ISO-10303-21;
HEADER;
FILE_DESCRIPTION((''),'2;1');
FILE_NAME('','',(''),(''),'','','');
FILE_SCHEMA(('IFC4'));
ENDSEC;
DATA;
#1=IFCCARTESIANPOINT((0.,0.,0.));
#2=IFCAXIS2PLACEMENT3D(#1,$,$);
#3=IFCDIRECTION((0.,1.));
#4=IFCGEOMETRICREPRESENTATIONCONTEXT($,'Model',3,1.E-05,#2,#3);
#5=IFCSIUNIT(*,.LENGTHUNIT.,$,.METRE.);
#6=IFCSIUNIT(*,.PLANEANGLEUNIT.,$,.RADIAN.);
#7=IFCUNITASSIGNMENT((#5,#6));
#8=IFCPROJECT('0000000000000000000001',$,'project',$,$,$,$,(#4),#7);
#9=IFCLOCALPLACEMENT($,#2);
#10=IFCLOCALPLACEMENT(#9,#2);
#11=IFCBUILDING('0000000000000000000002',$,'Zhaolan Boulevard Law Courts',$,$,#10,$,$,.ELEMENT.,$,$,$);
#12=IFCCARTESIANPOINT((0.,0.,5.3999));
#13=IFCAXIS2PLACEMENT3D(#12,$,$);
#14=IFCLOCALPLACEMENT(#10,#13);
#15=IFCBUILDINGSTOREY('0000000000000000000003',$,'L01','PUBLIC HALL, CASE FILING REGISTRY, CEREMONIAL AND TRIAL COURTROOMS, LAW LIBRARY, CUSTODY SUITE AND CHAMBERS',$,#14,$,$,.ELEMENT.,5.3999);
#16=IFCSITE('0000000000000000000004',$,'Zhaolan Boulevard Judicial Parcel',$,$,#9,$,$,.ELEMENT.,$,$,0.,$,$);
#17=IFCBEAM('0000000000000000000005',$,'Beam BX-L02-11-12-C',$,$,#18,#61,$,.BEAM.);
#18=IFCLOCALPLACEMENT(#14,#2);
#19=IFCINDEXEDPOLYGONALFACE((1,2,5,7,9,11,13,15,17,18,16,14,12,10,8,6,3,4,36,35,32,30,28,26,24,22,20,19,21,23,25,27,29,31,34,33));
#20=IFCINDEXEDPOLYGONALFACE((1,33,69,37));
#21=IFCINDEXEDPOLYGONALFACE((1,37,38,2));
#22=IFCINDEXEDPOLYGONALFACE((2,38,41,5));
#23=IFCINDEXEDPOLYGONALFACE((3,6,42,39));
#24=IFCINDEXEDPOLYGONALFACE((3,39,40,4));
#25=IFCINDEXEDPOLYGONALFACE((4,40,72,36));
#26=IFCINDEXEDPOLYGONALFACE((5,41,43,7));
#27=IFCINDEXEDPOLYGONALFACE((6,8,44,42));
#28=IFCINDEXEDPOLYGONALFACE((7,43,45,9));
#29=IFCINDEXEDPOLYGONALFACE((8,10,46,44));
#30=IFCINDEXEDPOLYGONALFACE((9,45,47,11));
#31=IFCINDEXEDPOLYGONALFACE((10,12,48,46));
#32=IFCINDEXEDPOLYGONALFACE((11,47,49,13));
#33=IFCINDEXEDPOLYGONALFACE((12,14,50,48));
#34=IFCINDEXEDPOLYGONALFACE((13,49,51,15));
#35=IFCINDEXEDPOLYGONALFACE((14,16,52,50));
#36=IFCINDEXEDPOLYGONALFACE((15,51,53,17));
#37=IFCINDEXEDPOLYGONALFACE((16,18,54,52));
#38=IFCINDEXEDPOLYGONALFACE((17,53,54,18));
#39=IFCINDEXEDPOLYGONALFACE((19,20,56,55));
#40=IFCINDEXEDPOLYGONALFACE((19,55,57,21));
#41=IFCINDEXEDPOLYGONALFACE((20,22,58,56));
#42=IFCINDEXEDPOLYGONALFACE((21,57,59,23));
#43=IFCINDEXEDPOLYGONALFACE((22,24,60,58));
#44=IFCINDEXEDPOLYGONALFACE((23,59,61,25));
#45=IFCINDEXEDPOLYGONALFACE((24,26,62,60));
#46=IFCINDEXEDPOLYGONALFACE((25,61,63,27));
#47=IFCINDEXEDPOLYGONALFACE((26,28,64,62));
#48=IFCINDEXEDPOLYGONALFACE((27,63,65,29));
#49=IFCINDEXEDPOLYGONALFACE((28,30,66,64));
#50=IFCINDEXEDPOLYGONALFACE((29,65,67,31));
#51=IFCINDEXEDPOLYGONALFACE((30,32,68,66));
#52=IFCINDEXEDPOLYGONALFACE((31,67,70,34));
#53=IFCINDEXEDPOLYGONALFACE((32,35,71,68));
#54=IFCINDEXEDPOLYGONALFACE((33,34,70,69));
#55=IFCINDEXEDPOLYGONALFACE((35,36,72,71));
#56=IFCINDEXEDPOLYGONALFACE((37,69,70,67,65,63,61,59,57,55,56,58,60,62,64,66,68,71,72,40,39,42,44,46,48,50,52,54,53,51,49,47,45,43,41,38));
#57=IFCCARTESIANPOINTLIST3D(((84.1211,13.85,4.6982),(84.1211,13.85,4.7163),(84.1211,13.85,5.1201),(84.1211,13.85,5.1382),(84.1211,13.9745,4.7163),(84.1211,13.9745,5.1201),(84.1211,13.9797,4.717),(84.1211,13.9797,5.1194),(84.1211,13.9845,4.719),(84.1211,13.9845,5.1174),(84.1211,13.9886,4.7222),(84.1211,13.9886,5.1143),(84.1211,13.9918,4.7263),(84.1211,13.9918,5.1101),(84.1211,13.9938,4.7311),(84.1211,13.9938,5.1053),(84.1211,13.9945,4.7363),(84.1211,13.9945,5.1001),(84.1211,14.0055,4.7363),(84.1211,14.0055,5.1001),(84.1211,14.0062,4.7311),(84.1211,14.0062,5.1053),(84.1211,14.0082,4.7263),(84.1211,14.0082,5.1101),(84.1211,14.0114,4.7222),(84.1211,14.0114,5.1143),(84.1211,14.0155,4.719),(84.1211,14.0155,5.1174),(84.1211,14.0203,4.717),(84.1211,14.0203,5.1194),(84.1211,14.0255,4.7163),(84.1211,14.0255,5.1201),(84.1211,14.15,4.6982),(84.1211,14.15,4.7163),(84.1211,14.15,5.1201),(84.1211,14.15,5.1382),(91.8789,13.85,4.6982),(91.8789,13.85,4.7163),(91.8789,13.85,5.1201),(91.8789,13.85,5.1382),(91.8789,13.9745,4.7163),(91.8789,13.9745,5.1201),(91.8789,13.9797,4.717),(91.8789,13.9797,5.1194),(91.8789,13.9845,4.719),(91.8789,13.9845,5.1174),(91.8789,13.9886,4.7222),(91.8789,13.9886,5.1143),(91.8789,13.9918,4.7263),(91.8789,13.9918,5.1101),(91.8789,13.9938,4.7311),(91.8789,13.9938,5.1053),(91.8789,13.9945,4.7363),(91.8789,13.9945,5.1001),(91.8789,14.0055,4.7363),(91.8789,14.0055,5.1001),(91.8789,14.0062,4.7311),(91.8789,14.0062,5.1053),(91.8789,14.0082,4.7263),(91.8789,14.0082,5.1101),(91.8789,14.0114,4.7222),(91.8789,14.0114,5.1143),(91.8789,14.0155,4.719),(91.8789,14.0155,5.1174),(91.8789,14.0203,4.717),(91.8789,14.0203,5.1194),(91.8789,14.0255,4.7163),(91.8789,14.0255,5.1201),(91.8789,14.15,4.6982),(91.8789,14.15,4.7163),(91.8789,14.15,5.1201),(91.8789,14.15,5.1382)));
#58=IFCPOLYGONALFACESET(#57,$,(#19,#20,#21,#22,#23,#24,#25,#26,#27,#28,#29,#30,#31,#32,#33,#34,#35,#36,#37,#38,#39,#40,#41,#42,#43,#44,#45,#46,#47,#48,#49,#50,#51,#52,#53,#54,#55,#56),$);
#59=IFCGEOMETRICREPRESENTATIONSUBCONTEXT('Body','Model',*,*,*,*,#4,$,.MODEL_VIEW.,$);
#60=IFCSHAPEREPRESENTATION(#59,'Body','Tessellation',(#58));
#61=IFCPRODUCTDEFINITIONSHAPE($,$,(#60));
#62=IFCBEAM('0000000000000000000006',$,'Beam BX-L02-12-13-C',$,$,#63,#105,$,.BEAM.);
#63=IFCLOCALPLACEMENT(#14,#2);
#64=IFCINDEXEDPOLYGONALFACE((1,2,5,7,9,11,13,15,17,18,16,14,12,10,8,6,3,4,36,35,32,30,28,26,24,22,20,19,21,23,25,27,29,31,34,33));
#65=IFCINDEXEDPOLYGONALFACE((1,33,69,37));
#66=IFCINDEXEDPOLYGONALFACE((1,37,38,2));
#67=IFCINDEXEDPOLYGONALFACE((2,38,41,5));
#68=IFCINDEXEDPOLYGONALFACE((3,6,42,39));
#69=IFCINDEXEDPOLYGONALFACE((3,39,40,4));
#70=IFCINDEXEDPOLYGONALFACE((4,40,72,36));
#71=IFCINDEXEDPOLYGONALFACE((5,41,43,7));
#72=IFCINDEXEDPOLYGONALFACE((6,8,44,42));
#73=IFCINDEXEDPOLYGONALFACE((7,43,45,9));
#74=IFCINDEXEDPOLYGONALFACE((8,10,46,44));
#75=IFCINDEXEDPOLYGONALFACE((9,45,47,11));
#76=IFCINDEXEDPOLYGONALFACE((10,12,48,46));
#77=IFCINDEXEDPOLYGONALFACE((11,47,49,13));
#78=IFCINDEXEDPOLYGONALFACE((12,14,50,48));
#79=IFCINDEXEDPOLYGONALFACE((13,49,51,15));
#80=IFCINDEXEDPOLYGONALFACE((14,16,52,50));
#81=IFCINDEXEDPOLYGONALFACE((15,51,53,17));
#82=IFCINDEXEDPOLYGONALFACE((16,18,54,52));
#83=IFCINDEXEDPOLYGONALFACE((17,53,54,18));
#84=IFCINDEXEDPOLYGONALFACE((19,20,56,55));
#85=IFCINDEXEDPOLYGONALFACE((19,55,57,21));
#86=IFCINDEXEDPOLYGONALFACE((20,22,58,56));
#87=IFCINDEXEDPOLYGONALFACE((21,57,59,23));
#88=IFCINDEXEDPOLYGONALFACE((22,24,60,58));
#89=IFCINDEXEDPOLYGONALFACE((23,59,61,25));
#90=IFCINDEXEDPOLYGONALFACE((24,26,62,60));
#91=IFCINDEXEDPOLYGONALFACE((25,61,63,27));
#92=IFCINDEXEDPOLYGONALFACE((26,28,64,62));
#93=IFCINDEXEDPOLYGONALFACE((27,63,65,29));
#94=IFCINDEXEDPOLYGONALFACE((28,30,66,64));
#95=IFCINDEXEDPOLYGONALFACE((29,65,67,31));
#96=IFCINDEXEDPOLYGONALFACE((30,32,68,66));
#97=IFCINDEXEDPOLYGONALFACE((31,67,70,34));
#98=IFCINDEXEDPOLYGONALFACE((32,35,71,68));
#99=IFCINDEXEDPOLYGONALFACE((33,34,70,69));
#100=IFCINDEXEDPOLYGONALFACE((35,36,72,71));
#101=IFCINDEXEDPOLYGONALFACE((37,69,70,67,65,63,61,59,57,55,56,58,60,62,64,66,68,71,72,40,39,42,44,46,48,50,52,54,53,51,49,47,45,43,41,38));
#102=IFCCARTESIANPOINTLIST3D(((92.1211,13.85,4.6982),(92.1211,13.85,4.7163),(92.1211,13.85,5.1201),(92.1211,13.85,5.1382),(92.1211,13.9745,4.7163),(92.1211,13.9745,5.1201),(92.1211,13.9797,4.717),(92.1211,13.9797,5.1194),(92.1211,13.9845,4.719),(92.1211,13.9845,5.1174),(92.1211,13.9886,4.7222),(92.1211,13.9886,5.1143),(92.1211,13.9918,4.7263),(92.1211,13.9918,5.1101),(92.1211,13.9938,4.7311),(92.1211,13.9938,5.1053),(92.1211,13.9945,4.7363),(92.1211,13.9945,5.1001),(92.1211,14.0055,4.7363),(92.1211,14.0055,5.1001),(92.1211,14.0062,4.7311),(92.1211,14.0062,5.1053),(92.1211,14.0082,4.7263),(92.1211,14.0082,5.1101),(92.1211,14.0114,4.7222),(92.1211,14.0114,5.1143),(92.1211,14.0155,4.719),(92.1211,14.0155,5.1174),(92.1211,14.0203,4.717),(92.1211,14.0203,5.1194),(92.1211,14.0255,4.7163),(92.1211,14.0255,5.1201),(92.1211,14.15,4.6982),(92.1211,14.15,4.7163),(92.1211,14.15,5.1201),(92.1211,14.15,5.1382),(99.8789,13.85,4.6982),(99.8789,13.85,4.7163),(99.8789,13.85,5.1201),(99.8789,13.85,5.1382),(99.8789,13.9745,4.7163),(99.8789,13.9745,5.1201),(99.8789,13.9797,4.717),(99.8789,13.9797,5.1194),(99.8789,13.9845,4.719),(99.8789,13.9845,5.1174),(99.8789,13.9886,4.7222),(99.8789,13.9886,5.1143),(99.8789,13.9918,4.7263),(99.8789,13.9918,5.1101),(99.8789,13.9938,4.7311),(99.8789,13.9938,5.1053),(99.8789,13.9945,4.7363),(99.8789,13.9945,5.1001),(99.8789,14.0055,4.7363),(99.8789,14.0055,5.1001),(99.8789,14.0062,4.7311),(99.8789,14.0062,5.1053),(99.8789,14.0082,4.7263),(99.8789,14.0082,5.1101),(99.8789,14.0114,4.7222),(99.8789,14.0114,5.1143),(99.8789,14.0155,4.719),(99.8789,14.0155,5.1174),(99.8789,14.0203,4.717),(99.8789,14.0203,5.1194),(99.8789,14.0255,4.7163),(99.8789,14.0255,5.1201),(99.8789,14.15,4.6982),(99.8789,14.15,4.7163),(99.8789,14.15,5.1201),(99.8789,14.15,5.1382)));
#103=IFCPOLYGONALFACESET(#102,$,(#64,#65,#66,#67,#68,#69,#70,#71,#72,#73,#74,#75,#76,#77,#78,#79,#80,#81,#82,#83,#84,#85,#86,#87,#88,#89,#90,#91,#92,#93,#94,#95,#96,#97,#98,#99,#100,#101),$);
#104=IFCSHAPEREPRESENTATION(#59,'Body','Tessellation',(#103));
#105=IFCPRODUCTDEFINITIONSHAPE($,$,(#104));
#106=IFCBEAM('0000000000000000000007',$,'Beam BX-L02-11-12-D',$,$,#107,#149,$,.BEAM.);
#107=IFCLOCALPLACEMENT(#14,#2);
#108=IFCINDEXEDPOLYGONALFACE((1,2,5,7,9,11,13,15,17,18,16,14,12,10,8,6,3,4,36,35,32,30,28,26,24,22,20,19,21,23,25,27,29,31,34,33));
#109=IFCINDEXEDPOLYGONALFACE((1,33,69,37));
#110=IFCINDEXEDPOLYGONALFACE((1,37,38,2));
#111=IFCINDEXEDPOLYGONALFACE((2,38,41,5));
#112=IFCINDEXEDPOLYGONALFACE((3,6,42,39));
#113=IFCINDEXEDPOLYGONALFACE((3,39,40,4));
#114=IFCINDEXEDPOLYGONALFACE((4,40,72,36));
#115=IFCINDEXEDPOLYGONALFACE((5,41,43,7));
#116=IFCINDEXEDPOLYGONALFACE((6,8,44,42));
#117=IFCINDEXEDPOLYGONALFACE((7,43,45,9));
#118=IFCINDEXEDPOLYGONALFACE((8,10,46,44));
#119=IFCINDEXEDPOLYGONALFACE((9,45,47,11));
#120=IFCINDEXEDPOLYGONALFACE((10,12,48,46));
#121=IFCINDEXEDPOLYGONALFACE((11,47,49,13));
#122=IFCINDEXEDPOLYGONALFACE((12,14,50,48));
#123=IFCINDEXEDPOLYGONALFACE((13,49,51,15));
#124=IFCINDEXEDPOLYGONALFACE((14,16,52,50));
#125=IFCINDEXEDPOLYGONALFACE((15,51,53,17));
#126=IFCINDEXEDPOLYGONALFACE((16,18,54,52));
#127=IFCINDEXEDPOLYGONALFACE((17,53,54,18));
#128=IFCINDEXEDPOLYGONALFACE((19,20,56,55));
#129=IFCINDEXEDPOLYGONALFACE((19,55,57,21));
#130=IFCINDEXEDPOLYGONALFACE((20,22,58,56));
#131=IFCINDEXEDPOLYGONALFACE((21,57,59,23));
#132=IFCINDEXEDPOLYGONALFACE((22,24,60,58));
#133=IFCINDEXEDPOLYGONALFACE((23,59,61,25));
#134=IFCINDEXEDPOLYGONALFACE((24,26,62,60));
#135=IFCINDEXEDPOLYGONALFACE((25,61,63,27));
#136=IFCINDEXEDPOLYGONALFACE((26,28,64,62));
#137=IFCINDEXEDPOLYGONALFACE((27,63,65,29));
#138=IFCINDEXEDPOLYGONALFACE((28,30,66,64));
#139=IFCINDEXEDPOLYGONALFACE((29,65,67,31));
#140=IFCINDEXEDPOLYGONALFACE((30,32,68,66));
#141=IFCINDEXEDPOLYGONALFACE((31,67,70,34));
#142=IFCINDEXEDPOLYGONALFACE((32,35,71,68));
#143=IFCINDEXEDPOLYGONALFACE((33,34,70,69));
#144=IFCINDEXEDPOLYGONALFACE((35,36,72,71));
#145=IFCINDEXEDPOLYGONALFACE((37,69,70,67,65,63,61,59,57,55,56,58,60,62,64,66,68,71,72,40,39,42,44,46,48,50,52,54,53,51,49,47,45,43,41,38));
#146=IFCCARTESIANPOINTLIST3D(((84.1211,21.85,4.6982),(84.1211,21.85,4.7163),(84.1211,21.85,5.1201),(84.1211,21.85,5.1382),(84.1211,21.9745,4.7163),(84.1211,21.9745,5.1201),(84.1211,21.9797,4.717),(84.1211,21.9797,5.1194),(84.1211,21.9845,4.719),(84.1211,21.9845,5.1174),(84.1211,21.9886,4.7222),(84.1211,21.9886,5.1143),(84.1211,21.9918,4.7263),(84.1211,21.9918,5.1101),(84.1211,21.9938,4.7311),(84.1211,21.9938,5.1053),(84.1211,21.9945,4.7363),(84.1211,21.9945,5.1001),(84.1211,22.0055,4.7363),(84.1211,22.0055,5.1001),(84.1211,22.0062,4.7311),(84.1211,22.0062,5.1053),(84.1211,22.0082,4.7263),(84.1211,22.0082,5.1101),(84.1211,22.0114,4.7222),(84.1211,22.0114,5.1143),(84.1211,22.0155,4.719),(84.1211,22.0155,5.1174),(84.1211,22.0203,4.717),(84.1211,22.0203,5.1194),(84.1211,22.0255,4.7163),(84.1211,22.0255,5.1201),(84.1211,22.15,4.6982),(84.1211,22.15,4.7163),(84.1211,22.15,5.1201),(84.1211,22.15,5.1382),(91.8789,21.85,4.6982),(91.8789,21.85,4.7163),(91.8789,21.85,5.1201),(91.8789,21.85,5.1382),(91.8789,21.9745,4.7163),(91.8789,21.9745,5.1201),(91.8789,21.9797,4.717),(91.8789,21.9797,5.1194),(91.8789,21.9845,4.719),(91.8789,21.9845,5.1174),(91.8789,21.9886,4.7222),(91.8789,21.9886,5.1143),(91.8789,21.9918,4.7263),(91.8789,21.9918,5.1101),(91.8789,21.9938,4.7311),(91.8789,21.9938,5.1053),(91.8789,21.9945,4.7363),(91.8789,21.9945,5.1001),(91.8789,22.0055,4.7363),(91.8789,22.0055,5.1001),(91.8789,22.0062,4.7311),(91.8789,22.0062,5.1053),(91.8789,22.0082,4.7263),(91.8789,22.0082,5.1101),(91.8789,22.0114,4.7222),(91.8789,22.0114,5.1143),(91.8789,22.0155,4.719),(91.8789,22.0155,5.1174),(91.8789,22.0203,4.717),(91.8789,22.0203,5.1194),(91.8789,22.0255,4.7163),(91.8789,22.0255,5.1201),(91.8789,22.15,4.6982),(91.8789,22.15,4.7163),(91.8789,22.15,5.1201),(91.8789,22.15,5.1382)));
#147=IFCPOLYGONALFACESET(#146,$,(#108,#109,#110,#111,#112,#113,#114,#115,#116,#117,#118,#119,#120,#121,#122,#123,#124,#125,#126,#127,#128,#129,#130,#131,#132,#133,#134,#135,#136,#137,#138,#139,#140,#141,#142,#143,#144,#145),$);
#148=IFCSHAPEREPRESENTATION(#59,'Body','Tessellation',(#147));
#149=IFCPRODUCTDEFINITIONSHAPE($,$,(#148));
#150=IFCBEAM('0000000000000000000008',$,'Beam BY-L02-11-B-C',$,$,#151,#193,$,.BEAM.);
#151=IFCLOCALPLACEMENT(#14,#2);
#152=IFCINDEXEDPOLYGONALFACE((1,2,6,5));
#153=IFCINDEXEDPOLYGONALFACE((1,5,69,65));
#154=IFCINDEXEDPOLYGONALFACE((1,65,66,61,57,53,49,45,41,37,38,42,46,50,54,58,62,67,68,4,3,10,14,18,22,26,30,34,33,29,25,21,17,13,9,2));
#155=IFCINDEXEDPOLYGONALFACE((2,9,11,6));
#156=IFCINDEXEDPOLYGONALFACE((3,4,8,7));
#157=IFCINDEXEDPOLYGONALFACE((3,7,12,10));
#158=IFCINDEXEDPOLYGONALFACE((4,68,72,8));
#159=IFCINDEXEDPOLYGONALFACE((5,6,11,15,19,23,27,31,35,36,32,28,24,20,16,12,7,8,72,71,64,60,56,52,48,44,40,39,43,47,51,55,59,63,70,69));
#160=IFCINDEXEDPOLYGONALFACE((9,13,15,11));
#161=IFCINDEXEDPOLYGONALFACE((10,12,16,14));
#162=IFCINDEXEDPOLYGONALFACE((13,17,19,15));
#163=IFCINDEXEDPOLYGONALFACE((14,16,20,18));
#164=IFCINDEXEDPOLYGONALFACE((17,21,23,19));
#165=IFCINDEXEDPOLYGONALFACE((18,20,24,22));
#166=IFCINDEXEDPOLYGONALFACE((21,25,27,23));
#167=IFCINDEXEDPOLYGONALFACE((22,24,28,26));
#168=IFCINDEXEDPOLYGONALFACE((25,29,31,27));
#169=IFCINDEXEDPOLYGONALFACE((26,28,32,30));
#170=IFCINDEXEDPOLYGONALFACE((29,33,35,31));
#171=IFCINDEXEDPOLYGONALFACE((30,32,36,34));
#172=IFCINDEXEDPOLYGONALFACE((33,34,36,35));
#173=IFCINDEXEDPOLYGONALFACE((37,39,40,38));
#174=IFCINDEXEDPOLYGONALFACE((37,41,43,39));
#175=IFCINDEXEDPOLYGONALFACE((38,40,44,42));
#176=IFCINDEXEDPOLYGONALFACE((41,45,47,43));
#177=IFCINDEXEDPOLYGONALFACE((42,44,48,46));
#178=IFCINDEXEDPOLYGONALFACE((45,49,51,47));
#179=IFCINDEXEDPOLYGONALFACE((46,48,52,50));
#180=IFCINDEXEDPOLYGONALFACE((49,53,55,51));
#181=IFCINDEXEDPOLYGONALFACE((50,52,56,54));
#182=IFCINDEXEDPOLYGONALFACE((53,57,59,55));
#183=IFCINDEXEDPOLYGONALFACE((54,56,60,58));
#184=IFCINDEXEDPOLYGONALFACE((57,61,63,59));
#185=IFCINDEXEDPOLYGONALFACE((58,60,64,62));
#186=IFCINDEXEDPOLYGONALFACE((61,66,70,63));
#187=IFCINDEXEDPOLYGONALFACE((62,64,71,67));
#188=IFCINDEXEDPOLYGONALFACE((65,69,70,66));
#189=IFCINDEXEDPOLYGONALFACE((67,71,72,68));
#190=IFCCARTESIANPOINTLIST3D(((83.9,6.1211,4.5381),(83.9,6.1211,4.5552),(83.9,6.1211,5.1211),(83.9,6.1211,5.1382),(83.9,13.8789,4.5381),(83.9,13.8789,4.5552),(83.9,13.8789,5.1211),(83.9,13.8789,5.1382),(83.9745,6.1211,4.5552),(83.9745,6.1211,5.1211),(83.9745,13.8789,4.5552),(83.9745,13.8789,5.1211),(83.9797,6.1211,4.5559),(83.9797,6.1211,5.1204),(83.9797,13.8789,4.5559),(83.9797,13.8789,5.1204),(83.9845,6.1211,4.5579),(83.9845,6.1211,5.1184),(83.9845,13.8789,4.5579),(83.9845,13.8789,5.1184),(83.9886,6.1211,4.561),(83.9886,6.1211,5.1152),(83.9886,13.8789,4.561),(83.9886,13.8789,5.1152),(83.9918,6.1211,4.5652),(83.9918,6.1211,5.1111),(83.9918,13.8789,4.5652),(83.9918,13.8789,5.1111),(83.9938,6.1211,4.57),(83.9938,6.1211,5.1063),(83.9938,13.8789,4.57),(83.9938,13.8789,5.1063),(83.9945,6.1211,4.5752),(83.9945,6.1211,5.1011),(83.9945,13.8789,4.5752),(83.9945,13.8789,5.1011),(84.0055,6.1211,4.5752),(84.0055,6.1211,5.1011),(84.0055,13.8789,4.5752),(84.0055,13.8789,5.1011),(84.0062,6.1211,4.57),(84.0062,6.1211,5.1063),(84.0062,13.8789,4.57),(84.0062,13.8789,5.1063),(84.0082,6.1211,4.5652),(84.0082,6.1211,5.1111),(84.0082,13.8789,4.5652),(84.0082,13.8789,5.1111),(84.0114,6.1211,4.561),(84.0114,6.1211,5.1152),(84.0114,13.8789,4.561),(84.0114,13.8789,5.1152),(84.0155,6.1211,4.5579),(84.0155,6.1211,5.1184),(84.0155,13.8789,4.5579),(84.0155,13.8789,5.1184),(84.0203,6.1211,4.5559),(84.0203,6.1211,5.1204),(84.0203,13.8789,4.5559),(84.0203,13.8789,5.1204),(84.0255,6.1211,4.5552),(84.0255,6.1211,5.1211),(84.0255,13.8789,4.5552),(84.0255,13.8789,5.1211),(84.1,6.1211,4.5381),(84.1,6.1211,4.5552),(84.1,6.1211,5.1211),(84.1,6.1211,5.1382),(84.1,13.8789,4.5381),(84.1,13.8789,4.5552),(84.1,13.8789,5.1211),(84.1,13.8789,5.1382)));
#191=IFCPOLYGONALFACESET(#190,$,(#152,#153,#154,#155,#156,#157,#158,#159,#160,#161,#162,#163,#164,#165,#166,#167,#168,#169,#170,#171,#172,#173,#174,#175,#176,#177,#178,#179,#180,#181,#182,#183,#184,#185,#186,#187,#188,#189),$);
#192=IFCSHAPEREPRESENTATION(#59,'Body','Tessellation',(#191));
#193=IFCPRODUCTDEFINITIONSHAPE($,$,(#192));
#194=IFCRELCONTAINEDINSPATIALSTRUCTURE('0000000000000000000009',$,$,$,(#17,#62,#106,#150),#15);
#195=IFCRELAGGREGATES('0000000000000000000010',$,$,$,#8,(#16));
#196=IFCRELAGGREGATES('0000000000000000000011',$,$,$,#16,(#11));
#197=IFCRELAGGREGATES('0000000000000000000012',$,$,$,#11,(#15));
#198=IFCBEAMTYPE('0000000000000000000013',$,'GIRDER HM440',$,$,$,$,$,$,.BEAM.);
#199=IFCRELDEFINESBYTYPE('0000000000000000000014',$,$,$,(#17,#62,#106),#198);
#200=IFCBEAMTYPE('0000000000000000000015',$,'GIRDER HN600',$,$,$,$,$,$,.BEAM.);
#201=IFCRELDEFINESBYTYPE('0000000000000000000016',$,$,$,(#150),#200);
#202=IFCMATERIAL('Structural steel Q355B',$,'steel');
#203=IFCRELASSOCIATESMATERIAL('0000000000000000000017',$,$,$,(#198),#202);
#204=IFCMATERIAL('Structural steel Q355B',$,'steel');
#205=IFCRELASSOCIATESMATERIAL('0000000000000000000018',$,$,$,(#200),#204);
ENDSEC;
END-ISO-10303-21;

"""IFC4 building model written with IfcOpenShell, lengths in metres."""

from ifc_helpers import new_model, si_unit, direction, frame, origin, origin_2d, place, context, subcontext, project, spatial, i_section, extrude, material, material_profile, profile_set, type_object, element, save


model = new_model("IFC4")

# Units and contexts
model_context = context("Model", 3, precision=1e-05, world=origin(), true_north=direction((0.0, 1.0)))
body_context = subcontext(model_context, "Body", "Model", "MODEL_VIEW")
ifc_project = project(units=[si_unit("LENGTHUNIT", "METRE"), si_unit("PLANEANGLEUNIT", "RADIAN")], contexts=[model_context])

# Site, building, storey
site_placement = place(None, origin())
site = spatial("IfcSite", under=ifc_project, at=site_placement, Name="Zhaolan Boulevard Judicial Parcel", CompositionType="ELEMENT", RefElevation=0.0)
building_placement = place(site_placement, origin())
building = spatial("IfcBuilding", under=site, at=building_placement, Name="Zhaolan Boulevard Law Courts", CompositionType="ELEMENT")
storey_placement = place(building_placement, frame((0.0, 0.0, 5.3999)))
storey = spatial("IfcBuildingStorey", under=building, at=storey_placement, Name="L01", Description="PUBLIC HALL, CASE FILING REGISTRY, CEREMONIAL AND TRIAL COURTROOMS, LAW LIBRARY, CUSTODY SUITE AND CHAMBERS", CompositionType="ELEMENT", Elevation=5.3999)

# Beams
ifc_material_1 = material(Name="Structural steel Q355B", Category="steel")
ifc_material_profile_1 = material_profile(ifc_material_1, i_section(OverallWidth=0.3, OverallDepth=0.4399, WebThickness=0.011, FlangeThickness=0.0181, FilletRadius=0.02, at=origin_2d()), Name="HM440x300")
ifc_profile_set_1 = profile_set([ifc_material_profile_1], Name="Structural steel Q355B")
beam_type_1 = type_object("IfcBeamType", Name="GIRDER HM440", PredefinedType="BEAM", material=ifc_profile_set_1)
for number, where, z_axis, x_axis, name in (
    (1, (84.1211, 14.0, 4.9182), (1.0, 0.0, 0.0), (0.0, 1.0, 0.0), "Beam BX-L02-11-12-C"),
    (2, (92.1211, 14.0, 4.9182), (1.0, 0.0, 0.0), (0.0, 1.0, 0.0), "Beam BX-L02-12-13-C"),
    (3, (84.1211, 22.0, 4.9182), (1.0, 0.0, 0.0), (0.0, 1.0, 0.0), "Beam BX-L02-11-12-D"),
):
    element("IfcBeam", number, at=place(storey_placement, frame(where, z_axis=z_axis, x_axis=x_axis)), inside=storey, type_object=beam_type_1, Name=name, PredefinedType="BEAM", context=body_context, shape_type="SweptSolid", body=[
        extrude(i_section(OverallWidth=0.3, OverallDepth=0.4399, WebThickness=0.011, FlangeThickness=0.0181, FilletRadius=0.02, at=origin_2d()), origin(), (0.0, 0.0, 1.0), 7.7578),
    ])
ifc_material_2 = material(Name="Structural steel Q355B", Category="steel")
ifc_material_profile_2 = material_profile(ifc_material_2, i_section(OverallWidth=0.2, OverallDepth=0.6001, WebThickness=0.011, FlangeThickness=0.0171, FilletRadius=0.02, at=origin_2d()), Name="HN600x200")
ifc_profile_set_2 = profile_set([ifc_material_profile_2], Name="Structural steel Q355B")
beam_type_2 = type_object("IfcBeamType", Name="GIRDER HN600", PredefinedType="BEAM", material=ifc_profile_set_2)
for number, where, z_axis, x_axis, name in (
    (4, (84.0, 6.1211, 4.8381), (0.0, 1.0, 0.0), (-1.0, 0.0, 0.0), "Beam BY-L02-11-B-C"),
):
    element("IfcBeam", number, at=place(storey_placement, frame(where, z_axis=z_axis, x_axis=x_axis)), inside=storey, type_object=beam_type_2, Name=name, PredefinedType="BEAM", context=body_context, shape_type="SweptSolid", body=[
        extrude(i_section(OverallWidth=0.2, OverallDepth=0.6001, WebThickness=0.011, FlangeThickness=0.0171, FilletRadius=0.02, at=origin_2d()), origin(), (0.0, 0.0, 1.0), 7.7578),
    ])

save(model, "model.ifc")
